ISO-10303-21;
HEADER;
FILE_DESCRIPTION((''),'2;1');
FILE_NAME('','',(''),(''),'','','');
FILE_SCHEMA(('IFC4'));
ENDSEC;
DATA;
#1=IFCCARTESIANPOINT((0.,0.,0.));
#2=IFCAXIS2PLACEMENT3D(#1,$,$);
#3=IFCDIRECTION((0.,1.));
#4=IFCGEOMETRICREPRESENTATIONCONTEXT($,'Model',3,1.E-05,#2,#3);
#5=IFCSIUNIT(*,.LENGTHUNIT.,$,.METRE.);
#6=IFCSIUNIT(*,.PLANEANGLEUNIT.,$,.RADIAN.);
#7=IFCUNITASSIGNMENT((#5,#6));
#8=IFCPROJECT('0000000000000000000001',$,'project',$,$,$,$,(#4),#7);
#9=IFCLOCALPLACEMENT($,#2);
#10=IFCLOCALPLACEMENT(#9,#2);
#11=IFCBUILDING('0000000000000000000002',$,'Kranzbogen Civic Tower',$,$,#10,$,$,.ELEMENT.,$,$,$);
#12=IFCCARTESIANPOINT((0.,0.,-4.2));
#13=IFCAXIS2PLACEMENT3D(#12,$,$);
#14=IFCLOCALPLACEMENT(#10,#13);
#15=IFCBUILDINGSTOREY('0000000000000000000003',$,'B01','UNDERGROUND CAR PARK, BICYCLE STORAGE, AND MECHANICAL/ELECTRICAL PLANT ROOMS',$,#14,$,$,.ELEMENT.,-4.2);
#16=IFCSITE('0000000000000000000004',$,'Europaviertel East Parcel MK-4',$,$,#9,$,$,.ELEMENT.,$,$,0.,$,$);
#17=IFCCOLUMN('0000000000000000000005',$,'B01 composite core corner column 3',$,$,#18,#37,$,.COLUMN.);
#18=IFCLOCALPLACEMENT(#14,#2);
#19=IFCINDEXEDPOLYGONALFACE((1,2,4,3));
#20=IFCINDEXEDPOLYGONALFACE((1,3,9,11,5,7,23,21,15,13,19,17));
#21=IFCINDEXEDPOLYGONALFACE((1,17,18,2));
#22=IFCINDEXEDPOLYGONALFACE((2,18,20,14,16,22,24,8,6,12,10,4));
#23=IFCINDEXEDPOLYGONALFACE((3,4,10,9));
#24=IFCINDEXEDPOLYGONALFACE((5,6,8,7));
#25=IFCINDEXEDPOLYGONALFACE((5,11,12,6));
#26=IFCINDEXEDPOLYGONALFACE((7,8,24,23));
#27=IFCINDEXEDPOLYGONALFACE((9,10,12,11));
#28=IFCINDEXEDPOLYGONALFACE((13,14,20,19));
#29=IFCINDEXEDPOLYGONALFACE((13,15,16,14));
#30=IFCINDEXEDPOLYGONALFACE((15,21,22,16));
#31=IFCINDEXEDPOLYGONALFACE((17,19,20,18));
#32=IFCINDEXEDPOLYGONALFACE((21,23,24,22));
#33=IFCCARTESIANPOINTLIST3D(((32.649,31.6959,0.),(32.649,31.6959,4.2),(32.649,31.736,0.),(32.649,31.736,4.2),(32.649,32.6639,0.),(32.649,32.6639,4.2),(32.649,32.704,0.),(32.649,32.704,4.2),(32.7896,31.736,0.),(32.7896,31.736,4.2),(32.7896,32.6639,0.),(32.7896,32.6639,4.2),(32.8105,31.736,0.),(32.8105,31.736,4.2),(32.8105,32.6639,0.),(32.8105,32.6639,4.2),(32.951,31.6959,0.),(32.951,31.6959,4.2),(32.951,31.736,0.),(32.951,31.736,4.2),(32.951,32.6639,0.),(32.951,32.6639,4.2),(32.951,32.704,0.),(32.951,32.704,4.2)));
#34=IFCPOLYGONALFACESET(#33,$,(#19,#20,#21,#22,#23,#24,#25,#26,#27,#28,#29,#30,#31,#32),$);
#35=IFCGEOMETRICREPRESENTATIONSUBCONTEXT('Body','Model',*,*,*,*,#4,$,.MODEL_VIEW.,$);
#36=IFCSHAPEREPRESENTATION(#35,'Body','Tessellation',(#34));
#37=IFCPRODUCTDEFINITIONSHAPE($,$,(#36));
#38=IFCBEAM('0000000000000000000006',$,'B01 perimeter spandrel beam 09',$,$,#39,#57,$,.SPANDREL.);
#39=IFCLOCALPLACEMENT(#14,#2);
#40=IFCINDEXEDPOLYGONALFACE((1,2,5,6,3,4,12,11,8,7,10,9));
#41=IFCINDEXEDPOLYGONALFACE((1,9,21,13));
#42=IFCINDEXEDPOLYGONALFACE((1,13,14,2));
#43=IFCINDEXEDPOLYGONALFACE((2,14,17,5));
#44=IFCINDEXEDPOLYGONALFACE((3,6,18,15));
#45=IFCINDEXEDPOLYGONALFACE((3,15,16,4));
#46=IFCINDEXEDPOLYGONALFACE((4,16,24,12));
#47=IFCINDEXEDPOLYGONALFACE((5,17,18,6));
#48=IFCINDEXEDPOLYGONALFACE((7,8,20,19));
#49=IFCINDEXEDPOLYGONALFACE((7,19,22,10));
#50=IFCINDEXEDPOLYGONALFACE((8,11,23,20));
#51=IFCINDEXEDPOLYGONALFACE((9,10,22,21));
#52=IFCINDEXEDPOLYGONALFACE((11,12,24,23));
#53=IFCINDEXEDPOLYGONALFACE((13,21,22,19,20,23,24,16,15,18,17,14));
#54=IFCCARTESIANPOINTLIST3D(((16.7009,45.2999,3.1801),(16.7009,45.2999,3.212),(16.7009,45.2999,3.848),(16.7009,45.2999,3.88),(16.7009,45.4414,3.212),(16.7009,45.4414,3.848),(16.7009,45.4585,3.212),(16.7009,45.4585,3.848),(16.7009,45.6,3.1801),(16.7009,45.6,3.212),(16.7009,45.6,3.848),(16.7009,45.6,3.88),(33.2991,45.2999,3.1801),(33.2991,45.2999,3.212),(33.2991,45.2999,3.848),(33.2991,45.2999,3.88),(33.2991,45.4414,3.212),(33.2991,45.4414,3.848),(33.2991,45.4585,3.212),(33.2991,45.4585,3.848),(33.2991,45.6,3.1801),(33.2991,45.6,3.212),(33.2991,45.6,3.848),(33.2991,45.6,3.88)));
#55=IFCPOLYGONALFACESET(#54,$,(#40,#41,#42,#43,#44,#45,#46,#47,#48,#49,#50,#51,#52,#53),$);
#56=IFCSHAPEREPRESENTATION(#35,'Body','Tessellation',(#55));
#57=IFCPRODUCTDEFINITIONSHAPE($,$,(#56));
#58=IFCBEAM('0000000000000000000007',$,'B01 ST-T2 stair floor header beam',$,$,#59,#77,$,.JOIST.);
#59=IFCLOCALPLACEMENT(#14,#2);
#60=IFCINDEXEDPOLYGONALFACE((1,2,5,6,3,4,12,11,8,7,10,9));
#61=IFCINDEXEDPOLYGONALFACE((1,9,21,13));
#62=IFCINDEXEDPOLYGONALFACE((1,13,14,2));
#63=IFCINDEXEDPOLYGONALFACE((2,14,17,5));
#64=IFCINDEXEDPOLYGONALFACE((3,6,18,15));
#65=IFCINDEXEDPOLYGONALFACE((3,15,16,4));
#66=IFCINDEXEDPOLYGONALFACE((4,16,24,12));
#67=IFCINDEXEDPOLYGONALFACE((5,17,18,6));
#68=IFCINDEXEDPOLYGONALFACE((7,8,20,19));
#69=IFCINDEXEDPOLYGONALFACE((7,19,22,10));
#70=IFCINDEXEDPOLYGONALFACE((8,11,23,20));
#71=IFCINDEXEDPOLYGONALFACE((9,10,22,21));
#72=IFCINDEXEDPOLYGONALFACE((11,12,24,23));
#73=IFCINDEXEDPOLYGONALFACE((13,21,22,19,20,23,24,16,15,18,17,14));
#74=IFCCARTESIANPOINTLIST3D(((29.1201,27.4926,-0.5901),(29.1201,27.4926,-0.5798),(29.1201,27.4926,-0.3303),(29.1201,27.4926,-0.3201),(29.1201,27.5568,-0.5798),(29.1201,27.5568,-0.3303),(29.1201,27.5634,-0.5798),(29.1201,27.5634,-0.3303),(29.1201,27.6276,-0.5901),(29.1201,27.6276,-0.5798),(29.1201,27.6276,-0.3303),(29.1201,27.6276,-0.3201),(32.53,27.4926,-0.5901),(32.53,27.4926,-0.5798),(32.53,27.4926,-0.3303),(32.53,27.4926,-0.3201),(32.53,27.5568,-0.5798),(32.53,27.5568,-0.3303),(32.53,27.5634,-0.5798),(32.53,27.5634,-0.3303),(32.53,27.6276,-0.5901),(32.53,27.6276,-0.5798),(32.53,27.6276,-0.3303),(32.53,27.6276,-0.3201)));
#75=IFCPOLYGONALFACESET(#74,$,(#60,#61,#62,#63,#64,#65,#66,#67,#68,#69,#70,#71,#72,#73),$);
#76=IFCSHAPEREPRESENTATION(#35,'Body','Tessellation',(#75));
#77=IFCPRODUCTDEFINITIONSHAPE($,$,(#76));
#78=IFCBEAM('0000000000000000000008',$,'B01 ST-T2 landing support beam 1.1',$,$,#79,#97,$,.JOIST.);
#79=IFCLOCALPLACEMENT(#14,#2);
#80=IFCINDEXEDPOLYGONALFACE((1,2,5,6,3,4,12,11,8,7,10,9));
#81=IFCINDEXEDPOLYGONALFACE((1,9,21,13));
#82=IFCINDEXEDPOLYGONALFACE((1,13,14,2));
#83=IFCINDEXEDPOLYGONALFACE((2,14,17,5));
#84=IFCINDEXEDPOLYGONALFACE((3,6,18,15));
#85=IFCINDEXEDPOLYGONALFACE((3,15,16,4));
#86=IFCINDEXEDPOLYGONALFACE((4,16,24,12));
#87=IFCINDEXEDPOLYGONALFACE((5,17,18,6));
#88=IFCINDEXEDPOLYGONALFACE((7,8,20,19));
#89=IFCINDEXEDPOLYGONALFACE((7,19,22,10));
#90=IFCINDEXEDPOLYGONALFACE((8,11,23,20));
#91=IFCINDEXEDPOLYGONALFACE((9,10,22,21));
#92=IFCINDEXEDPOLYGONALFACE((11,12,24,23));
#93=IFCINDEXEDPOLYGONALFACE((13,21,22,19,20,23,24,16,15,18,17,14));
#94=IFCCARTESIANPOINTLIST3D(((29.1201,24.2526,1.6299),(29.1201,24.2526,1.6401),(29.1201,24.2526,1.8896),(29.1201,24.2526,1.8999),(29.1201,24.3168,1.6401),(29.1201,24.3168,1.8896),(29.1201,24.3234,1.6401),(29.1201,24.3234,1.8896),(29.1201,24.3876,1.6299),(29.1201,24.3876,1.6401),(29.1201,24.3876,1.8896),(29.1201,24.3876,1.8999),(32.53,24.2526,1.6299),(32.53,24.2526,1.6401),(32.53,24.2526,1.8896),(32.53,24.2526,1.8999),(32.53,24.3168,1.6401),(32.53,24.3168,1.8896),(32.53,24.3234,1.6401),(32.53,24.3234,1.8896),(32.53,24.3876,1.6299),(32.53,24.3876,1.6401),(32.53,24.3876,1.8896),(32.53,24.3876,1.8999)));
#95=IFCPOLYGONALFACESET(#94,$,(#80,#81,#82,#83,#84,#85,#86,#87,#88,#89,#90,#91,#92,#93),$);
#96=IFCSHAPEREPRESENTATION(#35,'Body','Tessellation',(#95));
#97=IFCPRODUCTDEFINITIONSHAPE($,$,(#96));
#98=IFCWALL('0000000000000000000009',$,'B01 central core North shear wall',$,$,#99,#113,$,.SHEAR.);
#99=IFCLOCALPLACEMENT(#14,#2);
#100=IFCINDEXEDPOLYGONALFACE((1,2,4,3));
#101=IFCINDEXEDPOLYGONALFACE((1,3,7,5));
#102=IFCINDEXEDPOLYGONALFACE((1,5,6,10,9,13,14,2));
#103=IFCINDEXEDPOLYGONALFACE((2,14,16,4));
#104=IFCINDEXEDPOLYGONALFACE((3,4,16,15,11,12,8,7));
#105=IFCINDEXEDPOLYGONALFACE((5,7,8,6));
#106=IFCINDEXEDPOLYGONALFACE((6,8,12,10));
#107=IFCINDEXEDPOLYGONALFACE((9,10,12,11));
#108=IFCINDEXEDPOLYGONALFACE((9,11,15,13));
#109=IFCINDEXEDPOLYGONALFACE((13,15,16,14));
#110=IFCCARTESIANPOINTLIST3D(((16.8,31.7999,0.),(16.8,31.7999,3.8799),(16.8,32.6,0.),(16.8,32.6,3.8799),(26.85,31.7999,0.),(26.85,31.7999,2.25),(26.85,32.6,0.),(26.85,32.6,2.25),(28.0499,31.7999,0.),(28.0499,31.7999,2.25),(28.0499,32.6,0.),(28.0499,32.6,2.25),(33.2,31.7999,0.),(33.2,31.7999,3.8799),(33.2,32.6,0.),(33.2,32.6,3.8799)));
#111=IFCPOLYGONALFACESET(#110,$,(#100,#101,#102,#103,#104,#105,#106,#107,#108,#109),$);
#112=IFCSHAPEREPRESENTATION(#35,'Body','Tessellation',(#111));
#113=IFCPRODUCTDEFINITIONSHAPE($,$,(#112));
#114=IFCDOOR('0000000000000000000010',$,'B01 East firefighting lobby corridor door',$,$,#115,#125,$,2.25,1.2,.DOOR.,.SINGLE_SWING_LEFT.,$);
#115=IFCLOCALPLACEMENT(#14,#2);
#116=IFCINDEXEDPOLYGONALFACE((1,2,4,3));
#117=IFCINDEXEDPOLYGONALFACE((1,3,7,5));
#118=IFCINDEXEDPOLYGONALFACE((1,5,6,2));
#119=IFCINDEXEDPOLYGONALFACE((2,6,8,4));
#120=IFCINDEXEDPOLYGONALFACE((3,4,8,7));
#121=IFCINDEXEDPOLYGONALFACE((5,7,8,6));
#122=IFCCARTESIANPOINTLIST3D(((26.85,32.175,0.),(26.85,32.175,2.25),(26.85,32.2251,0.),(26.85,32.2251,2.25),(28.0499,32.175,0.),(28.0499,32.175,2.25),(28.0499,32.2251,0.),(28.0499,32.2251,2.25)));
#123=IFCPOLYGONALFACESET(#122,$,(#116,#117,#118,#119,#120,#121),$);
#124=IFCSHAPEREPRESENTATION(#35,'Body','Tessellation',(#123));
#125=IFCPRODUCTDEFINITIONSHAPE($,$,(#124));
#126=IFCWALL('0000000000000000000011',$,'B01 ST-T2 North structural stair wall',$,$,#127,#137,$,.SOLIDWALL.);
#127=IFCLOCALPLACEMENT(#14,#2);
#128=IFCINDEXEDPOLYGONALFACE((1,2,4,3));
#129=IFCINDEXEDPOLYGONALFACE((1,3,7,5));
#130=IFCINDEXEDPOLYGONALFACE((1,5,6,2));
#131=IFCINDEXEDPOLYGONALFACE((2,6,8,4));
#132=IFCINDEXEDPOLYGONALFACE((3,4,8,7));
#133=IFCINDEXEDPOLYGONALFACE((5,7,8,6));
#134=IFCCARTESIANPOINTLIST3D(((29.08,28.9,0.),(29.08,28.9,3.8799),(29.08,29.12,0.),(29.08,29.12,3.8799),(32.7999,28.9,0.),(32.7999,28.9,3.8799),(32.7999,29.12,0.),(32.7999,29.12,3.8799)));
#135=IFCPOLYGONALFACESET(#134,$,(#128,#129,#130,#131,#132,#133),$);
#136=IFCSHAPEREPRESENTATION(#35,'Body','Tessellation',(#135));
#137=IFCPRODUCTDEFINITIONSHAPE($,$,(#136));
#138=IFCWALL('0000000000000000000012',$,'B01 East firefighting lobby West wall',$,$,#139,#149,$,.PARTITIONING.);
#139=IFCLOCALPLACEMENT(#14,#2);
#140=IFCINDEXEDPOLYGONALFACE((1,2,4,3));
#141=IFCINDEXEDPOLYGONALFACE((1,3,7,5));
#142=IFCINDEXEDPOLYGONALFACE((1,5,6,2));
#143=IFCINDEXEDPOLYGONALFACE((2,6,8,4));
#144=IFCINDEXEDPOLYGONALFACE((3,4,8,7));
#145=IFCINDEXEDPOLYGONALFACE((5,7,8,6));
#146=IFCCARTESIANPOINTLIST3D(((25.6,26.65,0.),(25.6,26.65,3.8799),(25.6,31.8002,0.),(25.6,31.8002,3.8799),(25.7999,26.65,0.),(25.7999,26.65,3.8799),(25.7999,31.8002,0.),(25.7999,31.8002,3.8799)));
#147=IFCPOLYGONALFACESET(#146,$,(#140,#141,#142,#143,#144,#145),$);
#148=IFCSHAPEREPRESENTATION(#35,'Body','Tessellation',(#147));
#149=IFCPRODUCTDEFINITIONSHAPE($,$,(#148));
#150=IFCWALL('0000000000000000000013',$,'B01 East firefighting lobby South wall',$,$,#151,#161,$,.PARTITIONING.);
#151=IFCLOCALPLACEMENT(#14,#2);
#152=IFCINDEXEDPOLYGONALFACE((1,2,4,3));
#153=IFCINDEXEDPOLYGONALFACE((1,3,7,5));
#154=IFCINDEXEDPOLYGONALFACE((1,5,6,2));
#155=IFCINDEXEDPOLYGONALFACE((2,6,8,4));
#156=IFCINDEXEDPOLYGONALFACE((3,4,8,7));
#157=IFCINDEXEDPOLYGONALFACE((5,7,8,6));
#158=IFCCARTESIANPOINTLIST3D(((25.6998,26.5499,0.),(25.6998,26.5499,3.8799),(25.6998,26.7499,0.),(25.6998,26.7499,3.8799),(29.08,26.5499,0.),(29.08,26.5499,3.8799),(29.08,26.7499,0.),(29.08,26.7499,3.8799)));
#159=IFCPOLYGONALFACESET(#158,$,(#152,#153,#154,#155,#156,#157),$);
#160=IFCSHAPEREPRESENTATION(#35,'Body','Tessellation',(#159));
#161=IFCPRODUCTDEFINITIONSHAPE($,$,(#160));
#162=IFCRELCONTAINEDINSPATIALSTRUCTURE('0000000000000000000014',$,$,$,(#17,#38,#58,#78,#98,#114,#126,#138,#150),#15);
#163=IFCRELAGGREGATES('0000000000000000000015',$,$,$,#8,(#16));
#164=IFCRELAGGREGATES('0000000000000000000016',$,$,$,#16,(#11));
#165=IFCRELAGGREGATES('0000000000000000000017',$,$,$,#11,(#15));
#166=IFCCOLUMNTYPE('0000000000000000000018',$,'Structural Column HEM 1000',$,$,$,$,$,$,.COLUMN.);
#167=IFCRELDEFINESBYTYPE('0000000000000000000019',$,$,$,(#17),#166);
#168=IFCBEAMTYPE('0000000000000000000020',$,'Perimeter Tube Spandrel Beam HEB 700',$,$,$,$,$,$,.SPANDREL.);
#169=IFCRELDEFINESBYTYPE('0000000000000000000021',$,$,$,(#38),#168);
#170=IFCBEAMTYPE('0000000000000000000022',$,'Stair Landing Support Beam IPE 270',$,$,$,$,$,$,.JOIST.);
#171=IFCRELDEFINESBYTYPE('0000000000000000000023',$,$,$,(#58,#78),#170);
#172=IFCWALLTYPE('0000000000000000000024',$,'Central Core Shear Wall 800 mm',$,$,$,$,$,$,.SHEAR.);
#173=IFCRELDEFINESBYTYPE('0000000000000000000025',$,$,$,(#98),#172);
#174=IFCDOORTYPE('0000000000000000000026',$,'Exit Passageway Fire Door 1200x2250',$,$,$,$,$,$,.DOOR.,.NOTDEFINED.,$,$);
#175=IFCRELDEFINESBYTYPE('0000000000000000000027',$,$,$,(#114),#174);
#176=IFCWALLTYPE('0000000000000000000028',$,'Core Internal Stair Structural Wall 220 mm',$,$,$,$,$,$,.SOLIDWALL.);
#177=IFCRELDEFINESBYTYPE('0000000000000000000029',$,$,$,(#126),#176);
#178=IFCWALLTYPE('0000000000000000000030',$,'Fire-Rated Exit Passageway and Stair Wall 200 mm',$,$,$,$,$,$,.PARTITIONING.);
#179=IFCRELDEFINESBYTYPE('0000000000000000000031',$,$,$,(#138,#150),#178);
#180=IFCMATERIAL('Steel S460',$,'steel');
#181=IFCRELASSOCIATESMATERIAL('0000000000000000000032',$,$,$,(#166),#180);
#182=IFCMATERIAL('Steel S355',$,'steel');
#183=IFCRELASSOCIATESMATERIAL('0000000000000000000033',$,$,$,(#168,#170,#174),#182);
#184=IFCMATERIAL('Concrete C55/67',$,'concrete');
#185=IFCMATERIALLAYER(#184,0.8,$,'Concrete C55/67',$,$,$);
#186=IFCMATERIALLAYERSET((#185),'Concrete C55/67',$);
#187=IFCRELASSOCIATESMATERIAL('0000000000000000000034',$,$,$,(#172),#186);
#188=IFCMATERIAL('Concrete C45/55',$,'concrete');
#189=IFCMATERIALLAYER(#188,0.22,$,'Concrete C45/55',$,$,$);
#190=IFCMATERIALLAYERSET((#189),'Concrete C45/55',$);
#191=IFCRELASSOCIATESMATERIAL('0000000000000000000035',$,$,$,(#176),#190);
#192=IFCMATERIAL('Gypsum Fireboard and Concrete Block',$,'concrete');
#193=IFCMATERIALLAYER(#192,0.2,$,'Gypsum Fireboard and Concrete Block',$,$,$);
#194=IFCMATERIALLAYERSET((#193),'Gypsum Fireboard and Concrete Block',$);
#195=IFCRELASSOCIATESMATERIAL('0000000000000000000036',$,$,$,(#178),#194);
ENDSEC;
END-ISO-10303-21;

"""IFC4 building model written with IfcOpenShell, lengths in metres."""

from ifc_helpers import new_model, si_unit, direction, frame, frame_2d, origin, origin_2d, place, context, subcontext, project, spatial, rectangle, i_section, extrude, material, layer, layer_set, material_profile, profile_set, type_object, element, fill, save


model = new_model("IFC4")

# Units and contexts
model_context = context("Model", 3, precision=1e-05, world=origin(), true_north=direction((0.0, 1.0)))
body_context = subcontext(model_context, "Body", "Model", "MODEL_VIEW")
ifc_project = project(units=[si_unit("LENGTHUNIT", "METRE"), si_unit("PLANEANGLEUNIT", "RADIAN")], contexts=[model_context])

# Site, building, storey
site_placement = place(None, origin())
site = spatial("IfcSite", under=ifc_project, at=site_placement, Name="Europaviertel East Parcel MK-4", CompositionType="ELEMENT", RefElevation=0.0)
building_placement = place(site_placement, origin())
building = spatial("IfcBuilding", under=site, at=building_placement, Name="Kranzbogen Civic Tower", CompositionType="ELEMENT")
storey_placement = place(building_placement, frame((0.0, 0.0, -4.2)))
storey = spatial("IfcBuildingStorey", under=building, at=storey_placement, Name="B01", Description="UNDERGROUND CAR PARK, BICYCLE STORAGE, AND MECHANICAL/ELECTRICAL PLANT ROOMS", CompositionType="ELEMENT", Elevation=-4.2)

# Column
ifc_material_1 = material(Name="Steel S460", Category="steel")
ifc_material_profile_1 = material_profile(ifc_material_1, i_section(OverallWidth=0.302, OverallDepth=1.0081, WebThickness=0.021, FlangeThickness=0.04, at=origin_2d()), Name="HEM 1000")
ifc_profile_set_1 = profile_set([ifc_material_profile_1], Name="Steel S460")
column_type = type_object("IfcColumnType", Name="Structural Column HEM 1000", PredefinedType="COLUMN", material=ifc_profile_set_1)
column_placement = place(storey_placement, frame((32.8, 32.2, 0.0), z_axis=(0.0, 0.0, 1.0), x_axis=(1.0, 0.0, 0.0)))
element("IfcColumn", 1, at=column_placement, inside=storey, type_object=column_type, Name="B01 composite core corner column 3", PredefinedType="COLUMN", context=body_context, shape_type="SweptSolid", body=[
    extrude(i_section(OverallWidth=0.302, OverallDepth=1.0081, WebThickness=0.021, FlangeThickness=0.04, at=origin_2d()), origin(), (0.0, 0.0, 1.0), 4.2),
])

# Beams
ifc_material_2 = material(Name="Steel S355", Category="steel")
ifc_material_profile_2 = material_profile(ifc_material_2, i_section(OverallWidth=0.3, OverallDepth=0.7, WebThickness=0.0171, FlangeThickness=0.032, at=origin_2d()), Name="HEB 700")
ifc_profile_set_2 = profile_set([ifc_material_profile_2], Name="Steel S355")
beam_type_1 = type_object("IfcBeamType", Name="Perimeter Tube Spandrel Beam HEB 700", PredefinedType="SPANDREL", material=ifc_profile_set_2)
beam_placement = place(storey_placement, frame((33.2991, 45.45, 3.53), z_axis=(-1.0, 0.0, 0.0), x_axis=(0.0, -1.0, 0.0)))
element("IfcBeam", 2, at=beam_placement, inside=storey, type_object=beam_type_1, Name="B01 perimeter spandrel beam 09", PredefinedType="SPANDREL", context=body_context, shape_type="SweptSolid", body=[
    extrude(i_section(OverallWidth=0.3, OverallDepth=0.7, WebThickness=0.0171, FlangeThickness=0.032, at=origin_2d()), origin(), (0.0, 0.0, 1.0), 16.5981),
])
ifc_material_profile_3 = material_profile(ifc_material_2, i_section(OverallWidth=0.135, OverallDepth=0.27, WebThickness=0.0066, FlangeThickness=0.0103, at=origin_2d()), Name="IPE 270")
ifc_profile_set_3 = profile_set([ifc_material_profile_3], Name="Steel S355")
beam_type_2 = type_object("IfcBeamType", Name="Stair Landing Support Beam IPE 270", PredefinedType="JOIST", material=ifc_profile_set_3)
for number, where, z_axis, x_axis, name in (
    (3, (29.1201, 27.5601, -0.4551), (1.0, 0.0, 0.0), (0.0, 1.0, 0.0), "B01 ST-T2 stair floor header beam"),
    (4, (29.1201, 24.3201, 1.7649), (1.0, 0.0, 0.0), (0.0, 1.0, 0.0), "B01 ST-T2 landing support beam 1.1"),
):
    element("IfcBeam", number, at=place(storey_placement, frame(where, z_axis=z_axis, x_axis=x_axis)), inside=storey, type_object=beam_type_2, Name=name, PredefinedType="JOIST", context=body_context, shape_type="SweptSolid", body=[
        extrude(i_section(OverallWidth=0.135, OverallDepth=0.27, WebThickness=0.0066, FlangeThickness=0.0103, at=origin_2d()), origin(), (0.0, 0.0, 1.0), 3.4099),
    ])

# Wall, opening, door
ifc_material_3 = material(Name="Concrete C55/67", Category="concrete")
ifc_layer_1 = layer(ifc_material_3, 0.8, Name="Concrete C55/67")
ifc_layer_set_1 = layer_set([ifc_layer_1], Name="Concrete C55/67")
wall_type_1 = type_object("IfcWallType", Name="Central Core Shear Wall 800 mm", PredefinedType="SHEAR", material=ifc_layer_set_1)
wall_1_placement = place(storey_placement, frame((33.2, 32.2, 0.0), z_axis=(0.0, 0.0, 1.0), x_axis=(-1.0, 0.0, 0.0)))
wall_1 = element("IfcWall", 5, at=wall_1_placement, inside=storey, type_object=wall_type_1, Name="B01 central core North shear wall", PredefinedType="SHEAR", context=body_context, shape_type="SweptSolid", body=[
    extrude(rectangle(XDim=16.3999, YDim=0.8, at=frame_2d((8.2, 0.0))), origin(), (0.0, 0.0, 1.0), 3.8799),
])
opening_1_placement = place(wall_1_placement, frame((5.1499, 0.0, 0.0)))
opening_1 = element("IfcOpeningElement", 6, at=opening_1_placement, cuts=wall_1, PredefinedType="OPENING", context=body_context, shape_type="SweptSolid", body=[
    extrude(rectangle(XDim=1.2, YDim=2.25, at=frame_2d((0.6001, 1.125))), frame((0.0, 0.4102, 0.0), z_axis=(0.0, -1.0, 0.0), x_axis=(1.0, 0.0, 0.0)), (0.0, 0.0, 1.0), 0.8201),
])
door_type_1 = type_object("IfcDoorType", Name="Exit Passageway Fire Door 1200x2250", OperationType="NOTDEFINED", PredefinedType="DOOR", material=ifc_material_2)
door_1_placement = place(opening_1_placement, origin())
door_1 = element("IfcDoor", 7, at=door_1_placement, inside=storey, type_object=door_type_1, Name="B01 East firefighting lobby corridor door", OperationType="SINGLE_SWING_LEFT", OverallHeight=2.25, OverallWidth=1.2, PredefinedType="DOOR", context=body_context, shape_type="SweptSolid", body=[
    extrude(rectangle(XDim=1.2, YDim=2.25, at=frame_2d((0.6001, 1.125))), frame((0.0, 0.0249, 0.0), z_axis=(0.0, -1.0, 0.0), x_axis=(1.0, 0.0, 0.0)), (0.0, 0.0, 1.0), 0.05),
])
fill(opening_1, door_1)

# Walls
ifc_material_4 = material(Name="Concrete C45/55", Category="concrete")
ifc_layer_2 = layer(ifc_material_4, 0.22, Name="Concrete C45/55")
ifc_layer_set_2 = layer_set([ifc_layer_2], Name="Concrete C45/55")
wall_type_2 = type_object("IfcWallType", Name="Core Internal Stair Structural Wall 220 mm", PredefinedType="SOLIDWALL", material=ifc_layer_set_2)
wall_2_placement = place(storey_placement, frame((29.0801, 29.01, 0.0), z_axis=(0.0, 0.0, 1.0), x_axis=(1.0, 0.0, 0.0)))
element("IfcWall", 8, at=wall_2_placement, inside=storey, type_object=wall_type_2, Name="B01 ST-T2 North structural stair wall", PredefinedType="SOLIDWALL", context=body_context, shape_type="SweptSolid", body=[
    extrude(rectangle(XDim=3.72, YDim=0.22, at=frame_2d((1.8599, 0.0))), origin(), (0.0, 0.0, 1.0), 3.8799),
])
ifc_material_5 = material(Name="Gypsum Fireboard and Concrete Block", Category="concrete")
ifc_layer_3 = layer(ifc_material_5, 0.2, Name="Gypsum Fireboard and Concrete Block")
ifc_layer_set_3 = layer_set([ifc_layer_3], Name="Gypsum Fireboard and Concrete Block")
wall_type_3 = type_object("IfcWallType", Name="Fire-Rated Exit Passageway and Stair Wall 200 mm", PredefinedType="PARTITIONING", material=ifc_layer_set_3)
wall_3_placement = place(storey_placement, frame((25.7, 26.6499, 0.0), z_axis=(0.0, 0.0, 1.0), x_axis=(0.0, 1.0, 0.0)))
element("IfcWall", 9, at=wall_3_placement, inside=storey, type_object=wall_type_3, Name="B01 East firefighting lobby West wall", PredefinedType="PARTITIONING", context=body_context, shape_type="SweptSolid", body=[
    extrude(rectangle(XDim=5.1501, YDim=0.2, at=frame_2d((2.5752, 0.0))), origin(), (0.0, 0.0, 1.0), 3.8799),
])
wall_4_placement = place(storey_placement, frame((25.7, 26.6499, 0.0), z_axis=(0.0, 0.0, 1.0), x_axis=(1.0, 0.0, 0.0)))
element("IfcWall", 10, at=wall_4_placement, inside=storey, type_object=wall_type_3, Name="B01 East firefighting lobby South wall", PredefinedType="PARTITIONING", context=body_context, shape_type="SweptSolid", body=[
    extrude(rectangle(XDim=3.3801, YDim=0.2, at=frame_2d((1.6899, 0.0))), origin(), (0.0, 0.0, 1.0), 3.8799),
])

save(model, "model.ifc")
